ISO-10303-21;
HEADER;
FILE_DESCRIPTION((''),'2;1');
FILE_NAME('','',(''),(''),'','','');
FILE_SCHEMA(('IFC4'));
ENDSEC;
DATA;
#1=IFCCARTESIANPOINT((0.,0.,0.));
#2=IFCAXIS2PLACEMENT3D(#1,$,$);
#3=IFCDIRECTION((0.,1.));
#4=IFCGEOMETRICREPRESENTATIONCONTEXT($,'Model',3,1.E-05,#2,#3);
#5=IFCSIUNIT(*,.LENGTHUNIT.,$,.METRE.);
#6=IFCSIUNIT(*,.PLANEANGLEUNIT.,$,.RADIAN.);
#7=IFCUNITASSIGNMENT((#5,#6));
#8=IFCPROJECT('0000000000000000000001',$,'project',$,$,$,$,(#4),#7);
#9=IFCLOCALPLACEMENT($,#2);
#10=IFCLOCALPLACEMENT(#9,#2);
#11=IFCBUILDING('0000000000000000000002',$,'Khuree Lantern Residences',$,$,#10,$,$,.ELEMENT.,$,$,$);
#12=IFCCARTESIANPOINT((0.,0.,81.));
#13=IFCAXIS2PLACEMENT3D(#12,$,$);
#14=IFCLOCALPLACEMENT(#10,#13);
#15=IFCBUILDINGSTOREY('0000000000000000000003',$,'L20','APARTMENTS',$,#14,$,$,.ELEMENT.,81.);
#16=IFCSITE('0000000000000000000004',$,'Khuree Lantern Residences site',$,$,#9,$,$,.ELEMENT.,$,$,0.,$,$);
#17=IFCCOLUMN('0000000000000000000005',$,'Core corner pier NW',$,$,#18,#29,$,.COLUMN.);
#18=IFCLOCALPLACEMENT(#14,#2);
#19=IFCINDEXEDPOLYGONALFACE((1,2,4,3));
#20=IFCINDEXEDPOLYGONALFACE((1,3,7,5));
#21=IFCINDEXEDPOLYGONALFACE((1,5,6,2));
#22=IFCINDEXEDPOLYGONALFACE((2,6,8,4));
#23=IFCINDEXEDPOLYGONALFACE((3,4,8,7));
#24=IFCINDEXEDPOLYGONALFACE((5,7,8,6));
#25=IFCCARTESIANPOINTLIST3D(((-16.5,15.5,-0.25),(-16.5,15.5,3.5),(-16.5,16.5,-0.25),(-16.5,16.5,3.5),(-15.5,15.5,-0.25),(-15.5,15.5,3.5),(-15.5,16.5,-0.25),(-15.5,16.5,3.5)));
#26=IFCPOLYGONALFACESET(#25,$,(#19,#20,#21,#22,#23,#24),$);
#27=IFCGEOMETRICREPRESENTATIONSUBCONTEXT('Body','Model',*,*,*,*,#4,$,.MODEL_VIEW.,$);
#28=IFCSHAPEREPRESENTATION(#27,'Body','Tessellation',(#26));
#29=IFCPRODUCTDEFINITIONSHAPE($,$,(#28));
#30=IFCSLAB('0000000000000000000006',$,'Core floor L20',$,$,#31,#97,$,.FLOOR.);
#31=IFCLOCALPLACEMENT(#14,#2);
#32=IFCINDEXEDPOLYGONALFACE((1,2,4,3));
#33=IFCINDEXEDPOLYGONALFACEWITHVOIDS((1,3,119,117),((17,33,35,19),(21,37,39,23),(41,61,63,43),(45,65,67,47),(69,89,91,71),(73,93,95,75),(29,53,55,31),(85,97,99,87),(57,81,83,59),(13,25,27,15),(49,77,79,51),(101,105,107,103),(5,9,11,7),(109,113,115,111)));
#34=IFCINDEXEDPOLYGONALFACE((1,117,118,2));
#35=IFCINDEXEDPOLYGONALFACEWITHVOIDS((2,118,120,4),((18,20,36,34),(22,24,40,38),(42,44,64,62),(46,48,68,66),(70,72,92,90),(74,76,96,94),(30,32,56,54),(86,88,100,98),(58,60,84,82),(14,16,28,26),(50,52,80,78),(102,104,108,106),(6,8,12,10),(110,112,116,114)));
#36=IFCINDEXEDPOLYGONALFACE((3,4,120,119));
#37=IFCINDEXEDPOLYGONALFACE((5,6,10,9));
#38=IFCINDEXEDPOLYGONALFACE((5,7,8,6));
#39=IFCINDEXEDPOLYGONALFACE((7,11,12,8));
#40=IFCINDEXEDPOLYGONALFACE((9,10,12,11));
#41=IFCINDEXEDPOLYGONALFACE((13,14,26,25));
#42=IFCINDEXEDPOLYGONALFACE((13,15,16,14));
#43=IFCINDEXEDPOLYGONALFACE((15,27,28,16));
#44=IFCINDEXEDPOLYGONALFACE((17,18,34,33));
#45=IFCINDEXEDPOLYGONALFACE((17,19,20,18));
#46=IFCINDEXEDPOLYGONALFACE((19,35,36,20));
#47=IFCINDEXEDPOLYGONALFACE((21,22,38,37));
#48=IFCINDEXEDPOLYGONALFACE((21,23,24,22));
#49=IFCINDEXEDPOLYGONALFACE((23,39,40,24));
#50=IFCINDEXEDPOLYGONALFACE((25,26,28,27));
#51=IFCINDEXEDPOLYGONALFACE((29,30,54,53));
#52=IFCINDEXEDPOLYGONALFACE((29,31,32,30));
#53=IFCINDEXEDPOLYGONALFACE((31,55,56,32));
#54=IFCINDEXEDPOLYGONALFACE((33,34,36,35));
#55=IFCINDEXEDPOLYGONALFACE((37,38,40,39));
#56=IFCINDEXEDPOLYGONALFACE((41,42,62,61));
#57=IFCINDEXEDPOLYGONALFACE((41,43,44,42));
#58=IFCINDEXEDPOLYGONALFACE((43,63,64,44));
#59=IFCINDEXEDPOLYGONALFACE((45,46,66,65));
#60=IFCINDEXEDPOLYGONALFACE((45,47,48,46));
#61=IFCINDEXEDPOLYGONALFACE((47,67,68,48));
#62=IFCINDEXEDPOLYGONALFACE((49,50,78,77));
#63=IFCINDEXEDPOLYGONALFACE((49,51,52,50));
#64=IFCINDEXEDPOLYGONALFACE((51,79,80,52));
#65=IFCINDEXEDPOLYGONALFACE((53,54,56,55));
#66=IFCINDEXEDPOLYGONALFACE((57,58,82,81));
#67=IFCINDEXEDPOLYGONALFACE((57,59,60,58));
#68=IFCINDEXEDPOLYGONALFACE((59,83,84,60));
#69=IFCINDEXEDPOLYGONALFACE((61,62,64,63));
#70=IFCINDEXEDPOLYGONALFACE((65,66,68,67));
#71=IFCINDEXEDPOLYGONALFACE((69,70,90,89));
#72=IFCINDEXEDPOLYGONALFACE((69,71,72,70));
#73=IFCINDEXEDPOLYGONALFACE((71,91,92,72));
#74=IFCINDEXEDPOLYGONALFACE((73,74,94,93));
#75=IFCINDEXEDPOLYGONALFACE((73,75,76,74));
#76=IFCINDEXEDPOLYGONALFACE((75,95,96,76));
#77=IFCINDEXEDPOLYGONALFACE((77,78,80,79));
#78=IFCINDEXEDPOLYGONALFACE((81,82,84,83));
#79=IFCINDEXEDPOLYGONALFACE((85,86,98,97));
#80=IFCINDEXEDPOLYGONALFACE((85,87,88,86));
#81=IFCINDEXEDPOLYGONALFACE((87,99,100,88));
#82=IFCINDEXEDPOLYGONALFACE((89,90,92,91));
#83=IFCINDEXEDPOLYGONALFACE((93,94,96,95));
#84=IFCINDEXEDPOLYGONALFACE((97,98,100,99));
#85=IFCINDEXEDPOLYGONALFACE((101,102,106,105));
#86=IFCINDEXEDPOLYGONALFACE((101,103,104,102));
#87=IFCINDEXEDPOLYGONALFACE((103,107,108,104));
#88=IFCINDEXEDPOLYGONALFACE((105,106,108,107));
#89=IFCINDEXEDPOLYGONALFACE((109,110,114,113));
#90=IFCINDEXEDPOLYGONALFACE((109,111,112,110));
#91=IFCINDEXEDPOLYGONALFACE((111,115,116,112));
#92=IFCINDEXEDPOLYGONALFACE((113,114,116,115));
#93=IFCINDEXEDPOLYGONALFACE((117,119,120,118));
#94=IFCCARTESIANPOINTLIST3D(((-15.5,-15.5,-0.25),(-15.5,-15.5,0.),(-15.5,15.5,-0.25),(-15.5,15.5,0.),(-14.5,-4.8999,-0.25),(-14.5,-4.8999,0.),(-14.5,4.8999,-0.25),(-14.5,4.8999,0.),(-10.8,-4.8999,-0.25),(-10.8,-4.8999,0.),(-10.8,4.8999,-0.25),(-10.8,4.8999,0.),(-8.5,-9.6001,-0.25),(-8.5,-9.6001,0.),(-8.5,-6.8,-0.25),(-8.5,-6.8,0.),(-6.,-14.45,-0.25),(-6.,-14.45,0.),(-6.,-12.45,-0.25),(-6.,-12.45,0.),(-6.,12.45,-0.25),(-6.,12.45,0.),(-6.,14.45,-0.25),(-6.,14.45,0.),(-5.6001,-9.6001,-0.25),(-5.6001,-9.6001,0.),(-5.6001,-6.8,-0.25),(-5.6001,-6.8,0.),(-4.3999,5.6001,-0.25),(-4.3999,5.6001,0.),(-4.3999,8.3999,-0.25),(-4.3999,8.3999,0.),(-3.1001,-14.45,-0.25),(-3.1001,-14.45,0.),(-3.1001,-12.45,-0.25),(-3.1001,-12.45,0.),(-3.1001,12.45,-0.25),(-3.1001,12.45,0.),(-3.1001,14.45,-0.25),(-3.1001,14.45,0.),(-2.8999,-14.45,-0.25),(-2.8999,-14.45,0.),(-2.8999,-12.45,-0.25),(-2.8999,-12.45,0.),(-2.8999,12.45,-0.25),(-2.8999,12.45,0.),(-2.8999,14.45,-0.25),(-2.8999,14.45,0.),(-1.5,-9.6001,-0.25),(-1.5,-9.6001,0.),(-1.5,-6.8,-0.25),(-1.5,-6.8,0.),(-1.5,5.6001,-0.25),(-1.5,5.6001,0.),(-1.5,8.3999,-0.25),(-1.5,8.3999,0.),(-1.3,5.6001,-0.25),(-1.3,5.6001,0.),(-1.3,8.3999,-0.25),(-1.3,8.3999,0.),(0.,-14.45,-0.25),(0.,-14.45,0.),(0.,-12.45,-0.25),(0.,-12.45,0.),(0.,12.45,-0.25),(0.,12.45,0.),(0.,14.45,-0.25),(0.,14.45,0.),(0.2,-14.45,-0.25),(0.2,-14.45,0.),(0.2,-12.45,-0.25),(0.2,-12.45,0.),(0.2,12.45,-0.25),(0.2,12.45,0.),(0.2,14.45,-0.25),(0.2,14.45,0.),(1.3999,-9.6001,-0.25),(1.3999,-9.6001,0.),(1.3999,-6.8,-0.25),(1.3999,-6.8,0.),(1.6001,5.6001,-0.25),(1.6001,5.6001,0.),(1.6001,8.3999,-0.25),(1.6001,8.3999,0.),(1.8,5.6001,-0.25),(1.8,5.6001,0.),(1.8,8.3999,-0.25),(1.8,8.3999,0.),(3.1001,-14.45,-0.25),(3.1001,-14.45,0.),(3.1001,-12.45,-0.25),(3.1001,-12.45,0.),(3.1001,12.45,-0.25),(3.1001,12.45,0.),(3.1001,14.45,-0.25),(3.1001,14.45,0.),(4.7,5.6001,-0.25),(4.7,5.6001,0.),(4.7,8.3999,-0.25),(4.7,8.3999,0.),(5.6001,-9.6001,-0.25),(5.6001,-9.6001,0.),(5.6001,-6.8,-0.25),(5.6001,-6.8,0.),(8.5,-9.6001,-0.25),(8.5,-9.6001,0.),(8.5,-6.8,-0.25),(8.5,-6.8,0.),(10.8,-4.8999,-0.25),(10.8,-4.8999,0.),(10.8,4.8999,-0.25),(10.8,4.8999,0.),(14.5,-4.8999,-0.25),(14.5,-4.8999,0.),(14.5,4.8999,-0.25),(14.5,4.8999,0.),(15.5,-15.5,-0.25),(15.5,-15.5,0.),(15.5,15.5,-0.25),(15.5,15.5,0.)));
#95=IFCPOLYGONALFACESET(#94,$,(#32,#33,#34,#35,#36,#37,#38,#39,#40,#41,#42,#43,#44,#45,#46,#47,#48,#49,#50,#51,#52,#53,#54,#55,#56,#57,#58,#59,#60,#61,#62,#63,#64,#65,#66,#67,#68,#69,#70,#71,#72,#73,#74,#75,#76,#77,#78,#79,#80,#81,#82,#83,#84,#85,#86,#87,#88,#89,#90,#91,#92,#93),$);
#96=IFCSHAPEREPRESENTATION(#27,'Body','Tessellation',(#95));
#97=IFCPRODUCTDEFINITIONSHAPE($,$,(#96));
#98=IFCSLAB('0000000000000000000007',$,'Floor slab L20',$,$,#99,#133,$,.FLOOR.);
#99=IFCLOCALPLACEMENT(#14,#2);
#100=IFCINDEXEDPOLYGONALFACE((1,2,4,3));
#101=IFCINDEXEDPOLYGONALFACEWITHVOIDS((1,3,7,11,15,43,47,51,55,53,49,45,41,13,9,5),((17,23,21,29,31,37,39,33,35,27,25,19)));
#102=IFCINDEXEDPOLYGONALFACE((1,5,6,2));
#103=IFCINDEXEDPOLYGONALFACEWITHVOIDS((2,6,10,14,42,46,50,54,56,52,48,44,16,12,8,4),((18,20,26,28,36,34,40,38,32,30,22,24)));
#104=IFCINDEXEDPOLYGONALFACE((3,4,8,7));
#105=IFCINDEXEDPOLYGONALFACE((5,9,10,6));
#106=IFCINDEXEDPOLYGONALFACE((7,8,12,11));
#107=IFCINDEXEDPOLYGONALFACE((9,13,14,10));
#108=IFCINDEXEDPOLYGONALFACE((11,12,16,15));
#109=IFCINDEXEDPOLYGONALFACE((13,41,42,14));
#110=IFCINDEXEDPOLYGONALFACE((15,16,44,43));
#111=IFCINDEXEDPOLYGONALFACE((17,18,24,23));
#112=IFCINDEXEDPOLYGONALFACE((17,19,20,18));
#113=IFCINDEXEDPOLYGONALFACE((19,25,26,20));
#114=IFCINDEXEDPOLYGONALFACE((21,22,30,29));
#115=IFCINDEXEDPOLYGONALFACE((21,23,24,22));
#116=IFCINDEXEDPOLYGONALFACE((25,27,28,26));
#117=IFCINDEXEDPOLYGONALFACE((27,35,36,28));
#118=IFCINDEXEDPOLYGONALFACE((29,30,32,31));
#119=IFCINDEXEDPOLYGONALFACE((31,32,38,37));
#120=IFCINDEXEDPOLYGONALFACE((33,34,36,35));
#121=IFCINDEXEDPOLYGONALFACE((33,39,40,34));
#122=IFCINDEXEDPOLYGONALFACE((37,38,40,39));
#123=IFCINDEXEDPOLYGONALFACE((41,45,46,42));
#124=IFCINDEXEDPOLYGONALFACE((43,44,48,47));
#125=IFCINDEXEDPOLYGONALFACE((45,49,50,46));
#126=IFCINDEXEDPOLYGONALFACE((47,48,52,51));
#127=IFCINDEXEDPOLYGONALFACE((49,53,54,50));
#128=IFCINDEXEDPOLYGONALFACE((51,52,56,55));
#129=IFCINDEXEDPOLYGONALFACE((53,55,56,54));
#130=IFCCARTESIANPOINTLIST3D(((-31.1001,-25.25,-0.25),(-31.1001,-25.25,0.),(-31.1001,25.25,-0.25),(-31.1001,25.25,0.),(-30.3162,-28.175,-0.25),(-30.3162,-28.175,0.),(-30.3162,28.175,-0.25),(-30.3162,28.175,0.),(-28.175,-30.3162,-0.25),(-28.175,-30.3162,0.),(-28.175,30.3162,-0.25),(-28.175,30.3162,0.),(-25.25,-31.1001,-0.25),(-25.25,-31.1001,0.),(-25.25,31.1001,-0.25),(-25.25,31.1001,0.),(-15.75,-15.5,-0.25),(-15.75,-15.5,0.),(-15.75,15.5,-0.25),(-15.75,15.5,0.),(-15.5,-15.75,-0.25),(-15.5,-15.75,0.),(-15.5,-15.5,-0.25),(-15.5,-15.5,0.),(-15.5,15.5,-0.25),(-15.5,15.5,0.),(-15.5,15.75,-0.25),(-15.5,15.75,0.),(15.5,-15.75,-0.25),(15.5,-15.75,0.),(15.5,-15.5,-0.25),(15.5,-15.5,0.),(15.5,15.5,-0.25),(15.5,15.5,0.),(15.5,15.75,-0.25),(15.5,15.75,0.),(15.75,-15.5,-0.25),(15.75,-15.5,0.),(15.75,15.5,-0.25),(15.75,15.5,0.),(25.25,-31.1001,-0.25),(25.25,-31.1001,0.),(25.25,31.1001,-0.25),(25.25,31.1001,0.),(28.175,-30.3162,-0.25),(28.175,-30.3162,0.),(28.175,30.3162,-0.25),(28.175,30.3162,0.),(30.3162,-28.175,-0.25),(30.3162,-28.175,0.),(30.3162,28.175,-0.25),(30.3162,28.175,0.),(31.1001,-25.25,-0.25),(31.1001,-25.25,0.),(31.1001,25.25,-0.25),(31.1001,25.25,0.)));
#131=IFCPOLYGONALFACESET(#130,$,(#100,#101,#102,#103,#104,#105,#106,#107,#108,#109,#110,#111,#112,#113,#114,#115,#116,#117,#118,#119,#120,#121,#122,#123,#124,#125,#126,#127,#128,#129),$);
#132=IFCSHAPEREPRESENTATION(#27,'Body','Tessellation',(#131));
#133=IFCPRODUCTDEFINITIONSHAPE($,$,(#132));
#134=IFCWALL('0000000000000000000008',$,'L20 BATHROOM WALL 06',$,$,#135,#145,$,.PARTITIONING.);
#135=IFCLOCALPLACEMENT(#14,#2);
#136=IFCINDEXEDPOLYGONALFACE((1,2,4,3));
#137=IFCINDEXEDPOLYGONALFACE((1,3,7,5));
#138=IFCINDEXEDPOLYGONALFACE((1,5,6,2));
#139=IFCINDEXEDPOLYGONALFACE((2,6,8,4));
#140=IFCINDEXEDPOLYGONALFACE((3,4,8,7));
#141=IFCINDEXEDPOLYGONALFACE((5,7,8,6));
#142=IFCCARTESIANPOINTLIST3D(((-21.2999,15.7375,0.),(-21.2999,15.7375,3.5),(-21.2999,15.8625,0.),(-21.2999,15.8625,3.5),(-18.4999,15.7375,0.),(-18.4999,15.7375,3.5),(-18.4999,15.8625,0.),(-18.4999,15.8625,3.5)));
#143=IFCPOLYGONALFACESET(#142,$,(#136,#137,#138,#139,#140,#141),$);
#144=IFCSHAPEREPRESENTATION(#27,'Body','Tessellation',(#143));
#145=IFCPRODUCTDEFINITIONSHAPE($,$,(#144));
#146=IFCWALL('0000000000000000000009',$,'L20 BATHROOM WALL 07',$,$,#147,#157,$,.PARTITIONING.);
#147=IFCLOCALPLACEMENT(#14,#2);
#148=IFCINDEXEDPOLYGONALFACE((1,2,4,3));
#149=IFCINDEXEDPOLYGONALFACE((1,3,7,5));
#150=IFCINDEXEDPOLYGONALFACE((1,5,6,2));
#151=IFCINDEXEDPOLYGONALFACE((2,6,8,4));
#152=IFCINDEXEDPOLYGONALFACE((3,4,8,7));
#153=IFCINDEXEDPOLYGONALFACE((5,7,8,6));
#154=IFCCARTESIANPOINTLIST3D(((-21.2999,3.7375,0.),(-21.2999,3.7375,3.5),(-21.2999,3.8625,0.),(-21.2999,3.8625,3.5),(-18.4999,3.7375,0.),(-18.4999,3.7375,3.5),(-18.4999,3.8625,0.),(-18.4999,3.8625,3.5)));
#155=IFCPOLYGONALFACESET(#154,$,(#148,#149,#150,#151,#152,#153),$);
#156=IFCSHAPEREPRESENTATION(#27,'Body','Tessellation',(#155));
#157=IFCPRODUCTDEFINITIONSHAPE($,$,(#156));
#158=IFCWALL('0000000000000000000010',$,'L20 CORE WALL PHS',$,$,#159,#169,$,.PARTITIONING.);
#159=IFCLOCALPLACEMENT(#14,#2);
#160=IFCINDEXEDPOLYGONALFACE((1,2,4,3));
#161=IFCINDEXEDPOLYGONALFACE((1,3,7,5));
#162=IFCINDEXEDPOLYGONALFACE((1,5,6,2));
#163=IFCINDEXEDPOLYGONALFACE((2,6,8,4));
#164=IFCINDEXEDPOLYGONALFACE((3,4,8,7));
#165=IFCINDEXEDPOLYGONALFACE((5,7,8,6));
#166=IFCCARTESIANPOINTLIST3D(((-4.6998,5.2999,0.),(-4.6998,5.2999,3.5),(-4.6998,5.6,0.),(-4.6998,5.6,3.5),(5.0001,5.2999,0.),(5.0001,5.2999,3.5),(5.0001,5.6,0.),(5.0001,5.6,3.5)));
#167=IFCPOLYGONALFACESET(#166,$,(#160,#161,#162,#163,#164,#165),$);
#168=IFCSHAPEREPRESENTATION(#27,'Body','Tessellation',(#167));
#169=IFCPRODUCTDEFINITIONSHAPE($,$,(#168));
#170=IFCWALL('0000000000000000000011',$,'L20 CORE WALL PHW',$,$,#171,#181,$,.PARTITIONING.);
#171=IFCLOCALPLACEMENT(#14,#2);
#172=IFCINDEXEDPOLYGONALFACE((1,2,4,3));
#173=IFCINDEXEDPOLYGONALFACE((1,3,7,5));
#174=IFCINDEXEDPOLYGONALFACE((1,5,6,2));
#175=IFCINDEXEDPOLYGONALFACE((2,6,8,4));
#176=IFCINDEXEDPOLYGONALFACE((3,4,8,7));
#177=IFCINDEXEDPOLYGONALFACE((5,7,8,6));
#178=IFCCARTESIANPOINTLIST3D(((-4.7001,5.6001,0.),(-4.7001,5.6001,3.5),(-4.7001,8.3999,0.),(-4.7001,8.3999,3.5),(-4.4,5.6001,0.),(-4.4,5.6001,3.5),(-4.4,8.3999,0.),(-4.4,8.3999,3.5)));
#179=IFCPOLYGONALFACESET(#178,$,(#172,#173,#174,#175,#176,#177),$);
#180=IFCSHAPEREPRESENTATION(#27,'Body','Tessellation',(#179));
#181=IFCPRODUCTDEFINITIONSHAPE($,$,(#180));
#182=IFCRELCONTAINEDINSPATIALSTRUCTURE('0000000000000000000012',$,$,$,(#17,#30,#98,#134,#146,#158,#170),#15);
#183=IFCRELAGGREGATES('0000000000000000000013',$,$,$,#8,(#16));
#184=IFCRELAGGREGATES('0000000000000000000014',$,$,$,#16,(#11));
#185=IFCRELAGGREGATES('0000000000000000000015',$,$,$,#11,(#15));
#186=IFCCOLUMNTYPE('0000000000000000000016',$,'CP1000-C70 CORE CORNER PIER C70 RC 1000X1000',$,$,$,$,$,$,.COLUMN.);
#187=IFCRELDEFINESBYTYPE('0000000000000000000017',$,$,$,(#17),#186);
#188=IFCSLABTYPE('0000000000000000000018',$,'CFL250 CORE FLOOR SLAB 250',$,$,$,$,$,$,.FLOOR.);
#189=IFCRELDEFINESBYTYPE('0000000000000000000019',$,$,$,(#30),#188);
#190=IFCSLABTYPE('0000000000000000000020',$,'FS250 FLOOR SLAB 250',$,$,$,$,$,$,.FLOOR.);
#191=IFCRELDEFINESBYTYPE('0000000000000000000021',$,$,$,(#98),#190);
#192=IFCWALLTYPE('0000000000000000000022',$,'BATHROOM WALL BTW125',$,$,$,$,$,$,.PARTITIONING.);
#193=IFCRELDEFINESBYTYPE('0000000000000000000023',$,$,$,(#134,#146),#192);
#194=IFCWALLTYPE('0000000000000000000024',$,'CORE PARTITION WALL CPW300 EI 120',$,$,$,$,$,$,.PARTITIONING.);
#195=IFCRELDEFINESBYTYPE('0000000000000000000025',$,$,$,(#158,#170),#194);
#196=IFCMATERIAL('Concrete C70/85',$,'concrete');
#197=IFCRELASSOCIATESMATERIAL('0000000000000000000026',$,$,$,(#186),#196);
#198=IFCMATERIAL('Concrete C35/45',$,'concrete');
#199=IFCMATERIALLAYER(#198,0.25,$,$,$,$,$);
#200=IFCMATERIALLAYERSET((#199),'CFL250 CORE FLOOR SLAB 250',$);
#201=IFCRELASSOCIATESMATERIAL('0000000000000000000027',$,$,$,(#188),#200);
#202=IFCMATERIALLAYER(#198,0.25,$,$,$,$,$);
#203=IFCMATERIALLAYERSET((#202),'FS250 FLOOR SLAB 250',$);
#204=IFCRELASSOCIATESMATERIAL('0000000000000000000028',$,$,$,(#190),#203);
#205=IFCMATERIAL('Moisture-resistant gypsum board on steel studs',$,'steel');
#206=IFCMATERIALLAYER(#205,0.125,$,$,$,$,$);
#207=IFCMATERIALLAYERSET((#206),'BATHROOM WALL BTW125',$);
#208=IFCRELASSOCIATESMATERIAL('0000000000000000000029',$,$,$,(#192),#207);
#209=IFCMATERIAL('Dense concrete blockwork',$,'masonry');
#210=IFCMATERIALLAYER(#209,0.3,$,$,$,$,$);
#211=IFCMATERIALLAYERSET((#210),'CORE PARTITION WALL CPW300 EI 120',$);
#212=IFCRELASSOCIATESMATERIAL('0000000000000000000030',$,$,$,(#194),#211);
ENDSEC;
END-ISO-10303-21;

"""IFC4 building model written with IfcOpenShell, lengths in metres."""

from ifc_helpers import new_model, si_unit, direction, frame, frame_2d, origin, origin_2d, place, context, subcontext, project, spatial, polyline, rectangle, outline, extrude, material, layer, layer_set, material_profile, profile_set, type_object, element, save


model = new_model("IFC4")

# Units and contexts
model_context = context("Model", 3, precision=1e-05, world=origin(), true_north=direction((0.0, 1.0)))
body_context = subcontext(model_context, "Body", "Model", "MODEL_VIEW")
ifc_project = project(units=[si_unit("LENGTHUNIT", "METRE"), si_unit("PLANEANGLEUNIT", "RADIAN")], contexts=[model_context])

# Site, building, storey
site_placement = place(None, origin())
site = spatial("IfcSite", under=ifc_project, at=site_placement, Name="Khuree Lantern Residences site", CompositionType="ELEMENT", RefElevation=0.0)
building_placement = place(site_placement, origin())
building = spatial("IfcBuilding", under=site, at=building_placement, Name="Khuree Lantern Residences", CompositionType="ELEMENT")
storey_placement = place(building_placement, frame((0.0, 0.0, 81.0)))
storey = spatial("IfcBuildingStorey", under=building, at=storey_placement, Name="L20", Description="APARTMENTS", CompositionType="ELEMENT", Elevation=81.0)

# Column
ifc_material_1 = material(Name="Concrete C70/85", Category="concrete")
ifc_material_profile = material_profile(ifc_material_1, rectangle(XDim=1.0, YDim=1.0, at=origin_2d()), Name="RC 1000X1000")
ifc_profile_set = profile_set([ifc_material_profile], Name="Concrete C70/85")
column_type = type_object("IfcColumnType", Name="CP1000-C70 CORE CORNER PIER C70 RC 1000X1000", PredefinedType="COLUMN", material=ifc_profile_set)
column_placement = place(storey_placement, frame((-16.0, 16.0, -0.25), z_axis=(0.0, 0.0, 1.0), x_axis=(1.0, 0.0, 0.0)))
element("IfcColumn", 1, at=column_placement, inside=storey, type_object=column_type, Name="Core corner pier NW", PredefinedType="COLUMN", context=body_context, shape_type="SweptSolid", body=[
    extrude(rectangle(XDim=1.0, YDim=1.0, at=origin_2d()), origin(), (0.0, 0.0, 1.0), 3.75),
])

# Slabs
ifc_material_2 = material(Name="Concrete C35/45", Category="concrete")
ifc_layer_1 = layer(ifc_material_2, 0.25)
ifc_layer_set_1 = layer_set([ifc_layer_1], Name="CFL250 CORE FLOOR SLAB 250")
slab_type_1 = type_object("IfcSlabType", Name="CFL250 CORE FLOOR SLAB 250", PredefinedType="FLOOR", material=ifc_layer_set_1)
slab_1_placement = place(storey_placement, frame((0.0, 0.0, -0.25)))
element("IfcSlab", 2, at=slab_1_placement, inside=storey, type_object=slab_type_1, Name="Core floor L20", PredefinedType="FLOOR", context=body_context, shape_type="SweptSolid", body=[
    extrude(outline(polyline([(-15.5, -15.5), (-15.5, 15.5), (15.5, 15.5), (15.5, -15.5), (-15.5, -15.5)]), holes=[polyline([(14.5, 4.8999), (10.8, 4.8999), (10.8, -4.8999), (14.5, -4.8999), (14.5, 4.8999)]), polyline([(8.5, -6.8), (5.6001, -6.8), (5.6001, -9.6001), (8.5, -9.6001), (8.5, -6.8)]), polyline([(4.7, 8.3999), (1.8, 8.3999), (1.8, 5.6001), (4.7, 5.6001), (4.7, 8.3999)]), polyline([(0.2, -12.45), (0.2, -14.45), (3.1001, -14.45), (3.1001, -12.45), (0.2, -12.45)]), polyline([(3.1001, 14.45), (0.2, 14.45), (0.2, 12.45), (3.1001, 12.45), (3.1001, 14.45)]), polyline([(1.6001, 8.3999), (-1.3, 8.3999), (-1.3, 5.6001), (1.6001, 5.6001), (1.6001, 8.3999)]), polyline([(1.3999, -6.8), (-1.5, -6.8), (-1.5, -9.6001), (1.3999, -9.6001), (1.3999, -6.8)]), polyline([(0.0, -12.45), (-2.8999, -12.45), (-2.8999, -14.45), (0.0, -14.45), (0.0, -12.45)]), polyline([(0.0, 14.45), (-2.8999, 14.45), (-2.8999, 12.45), (0.0, 12.45), (0.0, 14.45)]), polyline([(-1.5, 8.3999), (-4.3999, 8.3999), (-4.3999, 5.6001), (-1.5, 5.6001), (-1.5, 8.3999)]), polyline([(-6.0, -12.45), (-6.0, -14.45), (-3.1001, -14.45), (-3.1001, -12.45), (-6.0, -12.45)]), polyline([(-3.1001, 14.45), (-6.0, 14.45), (-6.0, 12.45), (-3.1001, 12.45), (-3.1001, 14.45)]), polyline([(-5.6001, -6.8), (-8.5, -6.8), (-8.5, -9.6001), (-5.6001, -9.6001), (-5.6001, -6.8)]), polyline([(-10.8, 4.8999), (-14.5, 4.8999), (-14.5, -4.8999), (-10.8, -4.8999), (-10.8, 4.8999)])]), origin(), (0.0, 0.0, 1.0), 0.25),
])
ifc_layer_2 = layer(ifc_material_2, 0.25)
ifc_layer_set_2 = layer_set([ifc_layer_2], Name="FS250 FLOOR SLAB 250")
slab_type_2 = type_object("IfcSlabType", Name="FS250 FLOOR SLAB 250", PredefinedType="FLOOR", material=ifc_layer_set_2)
slab_2_placement = place(storey_placement, frame((0.0, 0.0, -0.25)))
element("IfcSlab", 3, at=slab_2_placement, inside=storey, type_object=slab_type_2, Name="Floor slab L20", PredefinedType="FLOOR", context=body_context, shape_type="SweptSolid", body=[
    extrude(outline(polyline([(-28.175, -30.3162), (-30.3162, -28.175), (-31.1001, -25.25), (-31.1001, 25.25), (-30.3162, 28.175), (-28.175, 30.3162), (-25.25, 31.1001), (25.25, 31.1001), (28.175, 30.3162), (30.3162, 28.175), (31.1001, 25.25), (31.1001, -25.25), (30.3162, -28.175), (28.175, -30.3162), (25.25, -31.1001), (-25.25, -31.1001), (-28.175, -30.3162)]), holes=[polyline([(15.75, 15.5), (15.5, 15.5), (15.5, 15.75), (-15.5, 15.75), (-15.5, 15.5), (-15.75, 15.5), (-15.75, -15.5), (-15.5, -15.5), (-15.5, -15.75), (15.5, -15.75), (15.5, -15.5), (15.75, -15.5), (15.75, 15.5)])]), origin(), (0.0, 0.0, 1.0), 0.25),
])

# Walls
ifc_material_3 = material(Name="Moisture-resistant gypsum board on steel studs", Category="steel")
ifc_layer_3 = layer(ifc_material_3, 0.125)
ifc_layer_set_3 = layer_set([ifc_layer_3], Name="BATHROOM WALL BTW125")
wall_type_1 = type_object("IfcWallType", Name="BATHROOM WALL BTW125", PredefinedType="PARTITIONING", material=ifc_layer_set_3)
for number, where, z_axis, x_axis, name in (
    (4, (-18.5, 15.8, 0.0), (0.0, 0.0, 1.0), (-1.0, 0.0, 0.0), "L20 BATHROOM WALL 06"),
    (5, (-18.5, 3.8, 0.0), (0.0, 0.0, 1.0), (-1.0, 0.0, 0.0), "L20 BATHROOM WALL 07"),
):
    element("IfcWall", number, at=place(storey_placement, frame(where, z_axis=z_axis, x_axis=x_axis)), inside=storey, type_object=wall_type_1, Name=name, PredefinedType="PARTITIONING", context=body_context, shape_type="SweptSolid", body=[
        extrude(rectangle(XDim=2.8, YDim=0.125, at=frame_2d((1.3999, 0.0))), origin(), (0.0, 0.0, 1.0), 3.5),
    ])
ifc_material_4 = material(Name="Dense concrete blockwork", Category="masonry")
ifc_layer_4 = layer(ifc_material_4, 0.3)
ifc_layer_set_4 = layer_set([ifc_layer_4], Name="CORE PARTITION WALL CPW300 EI 120")
wall_type_2 = type_object("IfcWallType", Name="CORE PARTITION WALL CPW300 EI 120", PredefinedType="PARTITIONING", material=ifc_layer_set_4)
wall_1_placement = place(storey_placement, frame((-4.7, 5.45, 0.0), z_axis=(0.0, 0.0, 1.0), x_axis=(1.0, 0.0, 0.0)))
element("IfcWall", 6, at=wall_1_placement, inside=storey, type_object=wall_type_2, Name="L20 CORE WALL PHS", PredefinedType="PARTITIONING", context=body_context, shape_type="SweptSolid", body=[
    extrude(rectangle(XDim=9.7, YDim=0.3, at=frame_2d((4.8501, 0.0))), origin(), (0.0, 0.0, 1.0), 3.5),
])
wall_2_placement = place(storey_placement, frame((-4.55, 5.6001, 0.0), z_axis=(0.0, 0.0, 1.0), x_axis=(0.0, 1.0, 0.0)))
element("IfcWall", 7, at=wall_2_placement, inside=storey, type_object=wall_type_2, Name="L20 CORE WALL PHW", PredefinedType="PARTITIONING", context=body_context, shape_type="SweptSolid", body=[
    extrude(rectangle(XDim=2.7998, YDim=0.3, at=frame_2d((1.3999, 0.0))), origin(), (0.0, 0.0, 1.0), 3.5),
])

save(model, "model.ifc")
